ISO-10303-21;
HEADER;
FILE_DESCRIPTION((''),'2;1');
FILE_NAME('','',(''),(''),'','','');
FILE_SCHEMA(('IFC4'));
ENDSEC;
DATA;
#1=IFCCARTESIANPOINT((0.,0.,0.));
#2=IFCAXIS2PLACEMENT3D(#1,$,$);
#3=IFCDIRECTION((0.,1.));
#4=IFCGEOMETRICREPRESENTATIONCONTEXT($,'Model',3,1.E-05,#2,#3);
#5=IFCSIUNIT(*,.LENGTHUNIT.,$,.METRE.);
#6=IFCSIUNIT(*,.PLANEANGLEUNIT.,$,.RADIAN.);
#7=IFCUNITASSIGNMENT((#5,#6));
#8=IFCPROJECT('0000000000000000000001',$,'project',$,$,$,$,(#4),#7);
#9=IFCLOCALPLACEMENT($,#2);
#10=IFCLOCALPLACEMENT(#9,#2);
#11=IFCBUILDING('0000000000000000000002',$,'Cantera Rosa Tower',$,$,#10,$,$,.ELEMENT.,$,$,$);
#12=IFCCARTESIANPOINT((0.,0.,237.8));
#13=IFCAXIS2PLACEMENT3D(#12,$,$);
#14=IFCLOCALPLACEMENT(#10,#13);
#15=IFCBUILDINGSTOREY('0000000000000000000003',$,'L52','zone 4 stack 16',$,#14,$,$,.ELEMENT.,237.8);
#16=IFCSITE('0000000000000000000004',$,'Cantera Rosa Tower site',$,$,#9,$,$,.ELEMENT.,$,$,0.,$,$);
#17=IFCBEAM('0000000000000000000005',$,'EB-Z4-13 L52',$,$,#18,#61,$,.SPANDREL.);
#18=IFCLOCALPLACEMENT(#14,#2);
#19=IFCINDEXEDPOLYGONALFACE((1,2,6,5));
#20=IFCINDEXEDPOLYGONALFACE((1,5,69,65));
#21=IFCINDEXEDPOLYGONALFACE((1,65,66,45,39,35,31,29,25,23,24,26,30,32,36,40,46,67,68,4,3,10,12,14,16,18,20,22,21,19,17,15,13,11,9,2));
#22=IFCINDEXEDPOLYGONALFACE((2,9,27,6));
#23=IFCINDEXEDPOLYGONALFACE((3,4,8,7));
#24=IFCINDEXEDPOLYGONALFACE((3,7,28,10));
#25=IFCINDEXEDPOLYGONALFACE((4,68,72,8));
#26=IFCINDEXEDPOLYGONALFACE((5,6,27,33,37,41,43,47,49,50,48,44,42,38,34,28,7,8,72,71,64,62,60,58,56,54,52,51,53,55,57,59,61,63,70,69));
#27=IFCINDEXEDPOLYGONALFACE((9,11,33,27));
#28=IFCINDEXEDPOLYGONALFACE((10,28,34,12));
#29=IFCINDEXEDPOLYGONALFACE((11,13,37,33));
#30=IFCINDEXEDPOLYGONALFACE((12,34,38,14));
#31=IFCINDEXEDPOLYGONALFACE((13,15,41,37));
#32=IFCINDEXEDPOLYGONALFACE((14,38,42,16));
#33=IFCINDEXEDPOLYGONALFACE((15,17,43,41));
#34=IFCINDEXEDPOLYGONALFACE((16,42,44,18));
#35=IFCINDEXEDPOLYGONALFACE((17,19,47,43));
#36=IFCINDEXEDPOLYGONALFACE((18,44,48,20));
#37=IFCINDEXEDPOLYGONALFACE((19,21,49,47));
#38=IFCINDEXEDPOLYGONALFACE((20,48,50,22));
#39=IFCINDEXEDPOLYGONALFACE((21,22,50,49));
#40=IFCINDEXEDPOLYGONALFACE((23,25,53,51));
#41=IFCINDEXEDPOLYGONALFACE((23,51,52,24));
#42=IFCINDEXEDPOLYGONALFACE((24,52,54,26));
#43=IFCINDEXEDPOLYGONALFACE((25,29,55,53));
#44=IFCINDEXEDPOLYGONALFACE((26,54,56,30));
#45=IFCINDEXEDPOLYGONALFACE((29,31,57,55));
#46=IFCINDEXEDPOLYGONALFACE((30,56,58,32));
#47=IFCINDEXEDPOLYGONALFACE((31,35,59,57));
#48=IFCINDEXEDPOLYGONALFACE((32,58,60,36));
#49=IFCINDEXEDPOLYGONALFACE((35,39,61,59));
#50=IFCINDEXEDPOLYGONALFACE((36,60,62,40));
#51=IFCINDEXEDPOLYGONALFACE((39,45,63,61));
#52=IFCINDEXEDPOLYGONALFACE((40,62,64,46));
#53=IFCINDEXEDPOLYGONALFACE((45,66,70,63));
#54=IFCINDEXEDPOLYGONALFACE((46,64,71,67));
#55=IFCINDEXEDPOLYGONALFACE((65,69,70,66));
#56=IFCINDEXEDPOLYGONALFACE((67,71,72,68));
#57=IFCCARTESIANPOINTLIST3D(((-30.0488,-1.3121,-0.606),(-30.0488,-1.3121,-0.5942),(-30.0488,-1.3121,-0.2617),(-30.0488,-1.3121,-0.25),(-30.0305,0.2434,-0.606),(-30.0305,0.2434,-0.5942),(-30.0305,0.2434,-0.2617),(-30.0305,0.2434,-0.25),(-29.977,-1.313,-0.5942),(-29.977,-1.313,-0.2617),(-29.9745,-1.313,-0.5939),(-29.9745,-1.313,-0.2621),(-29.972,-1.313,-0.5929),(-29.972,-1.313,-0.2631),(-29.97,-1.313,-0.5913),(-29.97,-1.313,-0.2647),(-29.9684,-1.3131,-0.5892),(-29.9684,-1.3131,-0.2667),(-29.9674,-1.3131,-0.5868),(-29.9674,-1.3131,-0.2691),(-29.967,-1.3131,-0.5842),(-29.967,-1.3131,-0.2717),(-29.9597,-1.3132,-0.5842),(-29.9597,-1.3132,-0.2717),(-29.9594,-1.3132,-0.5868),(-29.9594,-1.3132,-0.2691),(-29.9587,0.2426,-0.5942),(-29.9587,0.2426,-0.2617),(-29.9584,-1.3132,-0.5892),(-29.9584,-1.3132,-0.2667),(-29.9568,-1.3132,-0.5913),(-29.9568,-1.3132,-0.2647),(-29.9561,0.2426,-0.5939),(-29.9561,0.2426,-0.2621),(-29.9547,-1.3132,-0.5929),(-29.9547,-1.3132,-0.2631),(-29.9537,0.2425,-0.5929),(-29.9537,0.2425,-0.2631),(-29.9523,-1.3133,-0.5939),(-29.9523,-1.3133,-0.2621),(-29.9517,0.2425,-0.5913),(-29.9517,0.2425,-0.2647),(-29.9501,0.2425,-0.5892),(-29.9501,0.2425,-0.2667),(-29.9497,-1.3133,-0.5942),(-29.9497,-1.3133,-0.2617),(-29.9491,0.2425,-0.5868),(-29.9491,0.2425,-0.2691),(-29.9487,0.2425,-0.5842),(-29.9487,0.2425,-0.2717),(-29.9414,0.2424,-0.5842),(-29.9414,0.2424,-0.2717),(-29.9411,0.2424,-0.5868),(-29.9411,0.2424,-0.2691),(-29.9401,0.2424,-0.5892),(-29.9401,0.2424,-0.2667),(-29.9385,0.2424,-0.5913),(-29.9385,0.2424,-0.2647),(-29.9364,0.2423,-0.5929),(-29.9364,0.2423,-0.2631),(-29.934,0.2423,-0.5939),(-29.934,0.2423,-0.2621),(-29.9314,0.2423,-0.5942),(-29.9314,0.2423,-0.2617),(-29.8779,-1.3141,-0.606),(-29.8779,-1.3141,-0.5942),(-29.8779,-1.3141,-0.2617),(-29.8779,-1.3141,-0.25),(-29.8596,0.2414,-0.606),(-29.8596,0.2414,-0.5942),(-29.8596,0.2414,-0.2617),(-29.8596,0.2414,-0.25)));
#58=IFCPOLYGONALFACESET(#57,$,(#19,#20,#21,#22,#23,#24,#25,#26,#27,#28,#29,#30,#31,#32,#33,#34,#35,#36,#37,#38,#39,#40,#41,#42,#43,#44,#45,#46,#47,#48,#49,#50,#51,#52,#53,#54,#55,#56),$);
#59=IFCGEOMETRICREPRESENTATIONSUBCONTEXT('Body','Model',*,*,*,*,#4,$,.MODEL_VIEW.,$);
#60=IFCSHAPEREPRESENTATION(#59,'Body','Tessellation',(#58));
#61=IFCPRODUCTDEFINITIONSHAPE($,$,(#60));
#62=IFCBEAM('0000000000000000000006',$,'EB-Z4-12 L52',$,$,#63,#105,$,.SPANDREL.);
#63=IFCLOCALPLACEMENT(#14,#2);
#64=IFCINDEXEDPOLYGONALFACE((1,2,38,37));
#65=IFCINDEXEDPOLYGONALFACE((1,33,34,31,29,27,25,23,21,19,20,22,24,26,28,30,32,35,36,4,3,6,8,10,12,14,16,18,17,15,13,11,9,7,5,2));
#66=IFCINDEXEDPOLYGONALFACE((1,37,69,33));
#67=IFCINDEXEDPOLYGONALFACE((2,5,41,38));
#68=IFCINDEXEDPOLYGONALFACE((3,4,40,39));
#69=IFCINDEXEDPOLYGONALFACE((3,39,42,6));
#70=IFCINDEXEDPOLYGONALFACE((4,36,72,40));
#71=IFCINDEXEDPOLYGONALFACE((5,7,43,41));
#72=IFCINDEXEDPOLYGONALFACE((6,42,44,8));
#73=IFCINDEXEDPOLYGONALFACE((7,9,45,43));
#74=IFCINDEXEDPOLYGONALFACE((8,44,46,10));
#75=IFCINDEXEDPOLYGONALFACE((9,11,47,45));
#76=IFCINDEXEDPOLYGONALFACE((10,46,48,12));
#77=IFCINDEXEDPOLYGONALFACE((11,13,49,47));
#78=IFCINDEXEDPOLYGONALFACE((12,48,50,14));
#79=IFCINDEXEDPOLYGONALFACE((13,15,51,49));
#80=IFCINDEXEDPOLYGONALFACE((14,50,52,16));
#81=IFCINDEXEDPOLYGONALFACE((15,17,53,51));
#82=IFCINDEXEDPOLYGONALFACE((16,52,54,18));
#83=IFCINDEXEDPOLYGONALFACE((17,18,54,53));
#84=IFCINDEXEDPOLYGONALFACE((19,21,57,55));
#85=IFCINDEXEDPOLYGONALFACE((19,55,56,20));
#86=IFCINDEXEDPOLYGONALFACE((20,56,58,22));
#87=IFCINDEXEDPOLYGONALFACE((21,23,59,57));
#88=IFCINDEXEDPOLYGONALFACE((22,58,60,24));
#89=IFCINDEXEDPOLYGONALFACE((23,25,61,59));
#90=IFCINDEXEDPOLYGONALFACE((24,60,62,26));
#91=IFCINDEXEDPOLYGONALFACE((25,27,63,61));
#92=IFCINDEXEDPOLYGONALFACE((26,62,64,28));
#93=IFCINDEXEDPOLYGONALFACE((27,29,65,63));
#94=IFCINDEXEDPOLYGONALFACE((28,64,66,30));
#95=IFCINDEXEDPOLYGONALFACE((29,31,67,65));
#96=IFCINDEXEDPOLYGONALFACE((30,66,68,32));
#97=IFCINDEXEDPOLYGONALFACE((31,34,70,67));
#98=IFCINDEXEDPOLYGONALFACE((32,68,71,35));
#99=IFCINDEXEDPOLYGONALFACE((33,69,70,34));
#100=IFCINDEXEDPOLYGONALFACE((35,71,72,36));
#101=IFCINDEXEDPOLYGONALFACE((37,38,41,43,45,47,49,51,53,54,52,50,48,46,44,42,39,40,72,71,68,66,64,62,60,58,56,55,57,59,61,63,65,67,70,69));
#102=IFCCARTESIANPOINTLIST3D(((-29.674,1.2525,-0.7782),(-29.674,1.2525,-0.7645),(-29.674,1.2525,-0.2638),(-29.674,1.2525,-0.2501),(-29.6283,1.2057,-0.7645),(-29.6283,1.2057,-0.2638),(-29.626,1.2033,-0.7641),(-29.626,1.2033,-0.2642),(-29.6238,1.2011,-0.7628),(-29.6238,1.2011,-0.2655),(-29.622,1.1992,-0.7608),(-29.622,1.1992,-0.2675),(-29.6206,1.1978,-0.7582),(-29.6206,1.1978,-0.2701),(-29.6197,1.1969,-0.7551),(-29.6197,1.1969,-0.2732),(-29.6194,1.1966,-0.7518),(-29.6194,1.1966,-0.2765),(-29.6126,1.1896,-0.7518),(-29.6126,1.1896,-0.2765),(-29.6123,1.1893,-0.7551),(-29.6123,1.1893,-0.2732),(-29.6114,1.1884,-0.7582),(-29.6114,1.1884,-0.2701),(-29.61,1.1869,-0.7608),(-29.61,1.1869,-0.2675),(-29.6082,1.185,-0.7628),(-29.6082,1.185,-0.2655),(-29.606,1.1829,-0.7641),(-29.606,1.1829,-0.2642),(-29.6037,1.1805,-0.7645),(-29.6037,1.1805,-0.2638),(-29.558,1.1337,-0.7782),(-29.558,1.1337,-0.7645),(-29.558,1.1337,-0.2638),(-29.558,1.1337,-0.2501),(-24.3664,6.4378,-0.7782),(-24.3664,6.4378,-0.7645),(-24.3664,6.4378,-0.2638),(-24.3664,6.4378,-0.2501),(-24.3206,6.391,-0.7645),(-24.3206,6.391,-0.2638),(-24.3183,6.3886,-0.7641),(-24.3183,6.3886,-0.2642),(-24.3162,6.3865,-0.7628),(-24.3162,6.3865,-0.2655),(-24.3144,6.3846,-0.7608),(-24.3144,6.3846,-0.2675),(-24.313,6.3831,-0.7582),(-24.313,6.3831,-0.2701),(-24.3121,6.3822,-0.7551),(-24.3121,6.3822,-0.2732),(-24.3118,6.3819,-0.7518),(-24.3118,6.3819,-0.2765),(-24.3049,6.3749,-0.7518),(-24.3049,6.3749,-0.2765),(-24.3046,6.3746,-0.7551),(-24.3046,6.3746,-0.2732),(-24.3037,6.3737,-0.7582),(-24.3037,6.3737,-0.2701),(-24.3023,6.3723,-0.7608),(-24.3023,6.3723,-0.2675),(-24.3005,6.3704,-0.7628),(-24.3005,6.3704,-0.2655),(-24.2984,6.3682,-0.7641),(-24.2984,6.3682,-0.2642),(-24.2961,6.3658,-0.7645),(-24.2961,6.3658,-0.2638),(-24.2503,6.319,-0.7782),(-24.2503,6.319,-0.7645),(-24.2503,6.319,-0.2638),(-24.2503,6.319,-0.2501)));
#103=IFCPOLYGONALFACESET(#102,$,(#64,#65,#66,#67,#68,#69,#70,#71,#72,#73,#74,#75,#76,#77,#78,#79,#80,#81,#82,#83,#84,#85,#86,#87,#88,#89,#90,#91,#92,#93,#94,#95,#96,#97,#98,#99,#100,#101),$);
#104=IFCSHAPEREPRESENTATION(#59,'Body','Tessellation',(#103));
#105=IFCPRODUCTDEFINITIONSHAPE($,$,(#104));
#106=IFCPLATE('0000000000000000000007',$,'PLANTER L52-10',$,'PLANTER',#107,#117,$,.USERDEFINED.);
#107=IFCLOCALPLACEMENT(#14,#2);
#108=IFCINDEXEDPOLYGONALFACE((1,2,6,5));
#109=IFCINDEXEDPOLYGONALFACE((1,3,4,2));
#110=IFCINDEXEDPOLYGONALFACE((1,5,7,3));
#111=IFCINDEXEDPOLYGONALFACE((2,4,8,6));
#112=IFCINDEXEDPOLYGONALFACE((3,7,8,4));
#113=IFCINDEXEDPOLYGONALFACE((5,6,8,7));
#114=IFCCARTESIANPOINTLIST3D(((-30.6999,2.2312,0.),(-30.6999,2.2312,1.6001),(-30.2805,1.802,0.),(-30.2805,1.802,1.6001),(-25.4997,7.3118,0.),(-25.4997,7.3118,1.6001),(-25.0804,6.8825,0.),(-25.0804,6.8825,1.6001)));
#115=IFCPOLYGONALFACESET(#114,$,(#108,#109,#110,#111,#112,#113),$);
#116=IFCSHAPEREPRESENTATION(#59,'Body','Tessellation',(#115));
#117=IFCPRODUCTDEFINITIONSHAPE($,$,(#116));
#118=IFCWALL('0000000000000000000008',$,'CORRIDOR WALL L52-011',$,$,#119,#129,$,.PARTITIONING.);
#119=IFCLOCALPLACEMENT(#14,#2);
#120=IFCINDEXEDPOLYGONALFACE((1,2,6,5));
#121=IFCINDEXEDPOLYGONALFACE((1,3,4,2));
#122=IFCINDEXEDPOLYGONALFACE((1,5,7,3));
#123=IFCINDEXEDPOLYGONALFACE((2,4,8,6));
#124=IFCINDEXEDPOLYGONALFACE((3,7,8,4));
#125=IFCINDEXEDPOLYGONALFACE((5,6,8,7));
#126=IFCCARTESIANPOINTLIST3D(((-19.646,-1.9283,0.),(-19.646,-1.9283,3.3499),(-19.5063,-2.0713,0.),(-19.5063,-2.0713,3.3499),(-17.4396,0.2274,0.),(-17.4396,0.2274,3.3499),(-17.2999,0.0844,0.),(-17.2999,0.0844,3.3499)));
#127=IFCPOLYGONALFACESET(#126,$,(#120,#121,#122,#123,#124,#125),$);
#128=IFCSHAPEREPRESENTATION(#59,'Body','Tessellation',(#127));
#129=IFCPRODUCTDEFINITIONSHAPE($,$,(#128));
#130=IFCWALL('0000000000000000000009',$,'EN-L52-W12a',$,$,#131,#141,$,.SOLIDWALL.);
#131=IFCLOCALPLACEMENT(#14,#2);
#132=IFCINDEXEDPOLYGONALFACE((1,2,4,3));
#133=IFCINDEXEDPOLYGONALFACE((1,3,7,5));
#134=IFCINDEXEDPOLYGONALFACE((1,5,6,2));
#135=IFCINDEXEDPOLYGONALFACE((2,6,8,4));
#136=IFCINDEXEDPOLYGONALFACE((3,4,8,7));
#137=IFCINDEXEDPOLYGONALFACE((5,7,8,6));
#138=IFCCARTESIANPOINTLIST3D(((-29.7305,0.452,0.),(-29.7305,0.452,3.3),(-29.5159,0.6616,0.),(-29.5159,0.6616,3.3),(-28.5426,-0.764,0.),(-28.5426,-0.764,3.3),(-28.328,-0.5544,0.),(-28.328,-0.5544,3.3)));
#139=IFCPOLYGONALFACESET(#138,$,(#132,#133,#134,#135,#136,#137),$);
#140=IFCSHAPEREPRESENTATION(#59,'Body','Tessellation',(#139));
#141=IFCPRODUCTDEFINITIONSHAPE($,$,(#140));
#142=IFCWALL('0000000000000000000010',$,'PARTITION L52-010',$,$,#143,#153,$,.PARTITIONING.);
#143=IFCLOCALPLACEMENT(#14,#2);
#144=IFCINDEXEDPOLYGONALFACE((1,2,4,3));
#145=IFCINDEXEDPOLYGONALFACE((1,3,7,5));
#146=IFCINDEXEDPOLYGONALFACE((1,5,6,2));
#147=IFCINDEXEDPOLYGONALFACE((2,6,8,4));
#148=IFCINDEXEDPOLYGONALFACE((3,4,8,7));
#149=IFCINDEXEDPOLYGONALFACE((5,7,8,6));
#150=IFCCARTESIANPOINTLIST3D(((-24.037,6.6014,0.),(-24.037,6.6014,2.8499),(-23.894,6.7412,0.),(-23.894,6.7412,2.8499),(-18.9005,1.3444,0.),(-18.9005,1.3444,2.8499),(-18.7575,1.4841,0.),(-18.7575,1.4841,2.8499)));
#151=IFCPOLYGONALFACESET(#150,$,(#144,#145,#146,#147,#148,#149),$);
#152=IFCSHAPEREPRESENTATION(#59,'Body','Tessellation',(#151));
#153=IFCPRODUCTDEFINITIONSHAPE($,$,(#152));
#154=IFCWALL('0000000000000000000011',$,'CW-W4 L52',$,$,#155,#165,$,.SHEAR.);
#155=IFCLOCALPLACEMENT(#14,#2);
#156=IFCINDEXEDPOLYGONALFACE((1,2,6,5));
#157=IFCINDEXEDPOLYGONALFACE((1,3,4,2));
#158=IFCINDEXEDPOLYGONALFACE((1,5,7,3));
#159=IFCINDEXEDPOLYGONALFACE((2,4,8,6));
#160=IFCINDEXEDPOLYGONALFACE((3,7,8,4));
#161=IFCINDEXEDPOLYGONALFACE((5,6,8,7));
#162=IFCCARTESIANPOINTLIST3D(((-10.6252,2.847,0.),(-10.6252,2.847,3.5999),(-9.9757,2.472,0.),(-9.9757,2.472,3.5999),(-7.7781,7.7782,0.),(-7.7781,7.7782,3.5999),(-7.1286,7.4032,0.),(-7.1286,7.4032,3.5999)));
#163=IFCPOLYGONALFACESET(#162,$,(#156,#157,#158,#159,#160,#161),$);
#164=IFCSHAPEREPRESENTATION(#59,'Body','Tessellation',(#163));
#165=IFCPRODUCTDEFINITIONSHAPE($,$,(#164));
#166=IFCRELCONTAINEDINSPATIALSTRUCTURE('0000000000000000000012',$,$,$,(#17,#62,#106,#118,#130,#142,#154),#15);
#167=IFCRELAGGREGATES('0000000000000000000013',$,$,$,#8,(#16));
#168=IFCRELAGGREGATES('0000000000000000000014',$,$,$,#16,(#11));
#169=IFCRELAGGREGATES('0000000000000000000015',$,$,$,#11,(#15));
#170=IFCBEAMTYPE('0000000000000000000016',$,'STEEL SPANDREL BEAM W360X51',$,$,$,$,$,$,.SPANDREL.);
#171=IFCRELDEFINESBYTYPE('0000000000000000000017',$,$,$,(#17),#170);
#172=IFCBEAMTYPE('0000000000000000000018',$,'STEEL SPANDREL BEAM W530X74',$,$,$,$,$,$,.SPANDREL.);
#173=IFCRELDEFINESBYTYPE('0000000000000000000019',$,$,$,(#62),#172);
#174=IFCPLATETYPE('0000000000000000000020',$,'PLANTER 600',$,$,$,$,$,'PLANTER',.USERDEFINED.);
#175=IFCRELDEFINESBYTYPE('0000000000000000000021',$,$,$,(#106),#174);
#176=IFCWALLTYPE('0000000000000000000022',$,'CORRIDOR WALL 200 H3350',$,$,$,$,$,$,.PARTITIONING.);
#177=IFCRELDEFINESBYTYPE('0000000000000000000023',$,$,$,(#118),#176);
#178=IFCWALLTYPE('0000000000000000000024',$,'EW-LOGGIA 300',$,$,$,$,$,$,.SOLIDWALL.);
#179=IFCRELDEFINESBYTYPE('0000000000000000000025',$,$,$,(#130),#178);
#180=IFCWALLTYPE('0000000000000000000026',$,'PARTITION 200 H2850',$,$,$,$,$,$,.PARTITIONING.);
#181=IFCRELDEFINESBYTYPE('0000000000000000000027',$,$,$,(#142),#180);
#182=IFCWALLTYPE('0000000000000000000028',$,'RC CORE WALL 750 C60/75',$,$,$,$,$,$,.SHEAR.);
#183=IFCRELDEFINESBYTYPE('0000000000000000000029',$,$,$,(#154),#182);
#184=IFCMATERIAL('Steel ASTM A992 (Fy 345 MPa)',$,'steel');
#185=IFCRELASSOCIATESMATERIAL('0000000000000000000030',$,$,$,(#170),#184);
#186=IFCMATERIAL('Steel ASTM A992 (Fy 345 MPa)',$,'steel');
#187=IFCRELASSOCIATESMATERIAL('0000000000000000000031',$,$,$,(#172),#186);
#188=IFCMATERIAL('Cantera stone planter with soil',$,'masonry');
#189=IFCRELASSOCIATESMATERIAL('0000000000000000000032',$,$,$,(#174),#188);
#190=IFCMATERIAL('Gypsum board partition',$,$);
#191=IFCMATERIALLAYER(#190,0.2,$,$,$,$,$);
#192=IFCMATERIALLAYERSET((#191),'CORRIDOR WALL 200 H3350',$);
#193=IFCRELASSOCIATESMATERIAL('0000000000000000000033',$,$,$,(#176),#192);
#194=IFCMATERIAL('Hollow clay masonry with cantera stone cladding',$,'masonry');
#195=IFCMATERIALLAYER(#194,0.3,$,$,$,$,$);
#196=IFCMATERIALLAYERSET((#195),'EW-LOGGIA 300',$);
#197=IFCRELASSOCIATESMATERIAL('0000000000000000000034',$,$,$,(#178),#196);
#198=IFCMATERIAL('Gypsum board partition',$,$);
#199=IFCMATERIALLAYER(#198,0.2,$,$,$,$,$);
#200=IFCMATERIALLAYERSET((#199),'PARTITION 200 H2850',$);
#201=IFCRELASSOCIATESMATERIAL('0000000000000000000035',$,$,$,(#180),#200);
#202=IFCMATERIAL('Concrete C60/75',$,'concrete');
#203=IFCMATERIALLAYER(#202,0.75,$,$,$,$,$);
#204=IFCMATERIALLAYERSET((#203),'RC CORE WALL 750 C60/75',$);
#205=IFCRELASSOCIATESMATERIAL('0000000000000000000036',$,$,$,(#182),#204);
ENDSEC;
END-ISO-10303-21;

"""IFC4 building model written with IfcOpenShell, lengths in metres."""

from ifc_helpers import new_model, si_unit, direction, frame, frame_2d, origin, origin_2d, place, context, subcontext, project, spatial, rectangle, i_section, extrude, material, layer, layer_set, material_profile, profile_set, type_object, element, save


model = new_model("IFC4")

# Units and contexts
model_context = context("Model", 3, precision=1e-05, world=origin(), true_north=direction((0.0, 1.0)))
body_context = subcontext(model_context, "Body", "Model", "MODEL_VIEW")
ifc_project = project(units=[si_unit("LENGTHUNIT", "METRE"), si_unit("PLANEANGLEUNIT", "RADIAN")], contexts=[model_context])

# Site, building, storey
site_placement = place(None, origin())
site = spatial("IfcSite", under=ifc_project, at=site_placement, Name="Cantera Rosa Tower site", CompositionType="ELEMENT", RefElevation=0.0)
building_placement = place(site_placement, origin())
building = spatial("IfcBuilding", under=site, at=building_placement, Name="Cantera Rosa Tower", CompositionType="ELEMENT")
storey_placement = place(building_placement, frame((0.0, 0.0, 237.8)))
storey = spatial("IfcBuildingStorey", under=building, at=storey_placement, Name="L52", Description="zone 4 stack 16", CompositionType="ELEMENT", Elevation=237.8)

# Beams
ifc_material_1 = material(Name="Steel ASTM A992 (Fy 345 MPa)", Category="steel")
ifc_material_profile_1 = material_profile(ifc_material_1, i_section(OverallWidth=0.1709, OverallDepth=0.356, WebThickness=0.0073, FlangeThickness=0.0117, FilletRadius=0.01, at=origin_2d()), Name="W360X51")
ifc_profile_set_1 = profile_set([ifc_material_profile_1], Name="Steel ASTM A992 (Fy 345 MPa)")
beam_type_1 = type_object("IfcBeamType", Name="STEEL SPANDREL BEAM W360X51", PredefinedType="SPANDREL", material=ifc_profile_set_1)
beam_1_placement = place(storey_placement, frame((-29.9451, 0.2424, -0.428), z_axis=(-0.011769, -0.999931, 0.0), x_axis=(0.999931, -0.011769, 0.0)))
element("IfcBeam", 1, at=beam_1_placement, inside=storey, type_object=beam_type_1, Name="EB-Z4-13 L52", PredefinedType="SPANDREL", context=body_context, shape_type="SweptSolid", body=[
    extrude(i_section(OverallWidth=0.1709, OverallDepth=0.356, WebThickness=0.0073, FlangeThickness=0.0117, FilletRadius=0.01, at=origin_2d()), origin(), (0.0, 0.0, 1.0), 1.5557),
])
ifc_material_2 = material(Name="Steel ASTM A992 (Fy 345 MPa)", Category="steel")
ifc_material_profile_2 = material_profile(ifc_material_2, i_section(OverallWidth=0.166, OverallDepth=0.5281, WebThickness=0.0098, FlangeThickness=0.0137, FilletRadius=0.0127, at=origin_2d()), Name="W530X74")
ifc_profile_set_2 = profile_set([ifc_material_profile_2], Name="Steel ASTM A992 (Fy 345 MPa)")
beam_type_2 = type_object("IfcBeamType", Name="STEEL SPANDREL BEAM W530X74", PredefinedType="SPANDREL", material=ifc_profile_set_2)
beam_2_placement = place(storey_placement, frame((-24.3083, 6.3784, -0.5142), z_axis=(-0.715301, -0.698817, 0.0), x_axis=(0.698817, -0.715301, 0.0)))
element("IfcBeam", 2, at=beam_2_placement, inside=storey, type_object=beam_type_2, Name="EB-Z4-12 L52", PredefinedType="SPANDREL", context=body_context, shape_type="SweptSolid", body=[
    extrude(i_section(OverallWidth=0.166, OverallDepth=0.5281, WebThickness=0.0098, FlangeThickness=0.0137, FilletRadius=0.0127, at=origin_2d()), origin(), (0.0, 0.0, 1.0), 7.4202),
])

# Plate
ifc_material_3 = material(Name="Cantera stone planter with soil", Category="masonry")
plate_type = type_object("IfcPlateType", Name="PLANTER 600", ElementType="PLANTER", PredefinedType="USERDEFINED", material=ifc_material_3)
plate_placement = place(storey_placement, frame((-27.8901, 4.5569, 0.0), z_axis=(0.0, 0.0, 1.0), x_axis=(-0.715286, -0.698832, 0.0)))
element("IfcPlate", 3, at=plate_placement, inside=storey, type_object=plate_type, Name="PLANTER L52-10", ObjectType="PLANTER", PredefinedType="USERDEFINED", context=body_context, shape_type="SweptSolid", body=[
    extrude(rectangle(XDim=7.27, YDim=0.6001, at=origin_2d()), origin(), (0.0, 0.0, 1.0), 1.6001),
])

# Walls
ifc_material_4 = material(Name="Gypsum board partition")
ifc_layer_1 = layer(ifc_material_4, 0.2)
ifc_layer_set_1 = layer_set([ifc_layer_1], Name="CORRIDOR WALL 200 H3350")
wall_type_1 = type_object("IfcWallType", Name="CORRIDOR WALL 200 H3350", PredefinedType="PARTITIONING", material=ifc_layer_set_1)
wall_1_placement = place(storey_placement, frame((-17.3696, 0.156, 0.0), z_axis=(0.0, 0.0, 1.0), x_axis=(-0.71529, -0.698828, 0.0)))
element("IfcWall", 4, at=wall_1_placement, inside=storey, type_object=wall_type_1, Name="CORRIDOR WALL L52-011", PredefinedType="PARTITIONING", context=body_context, shape_type="SweptSolid", body=[
    extrude(rectangle(XDim=3.0847, YDim=0.2, at=frame_2d((1.5425, 0.0))), origin(), (0.0, 0.0, 1.0), 3.3499),
])
ifc_material_5 = material(Name="Hollow clay masonry with cantera stone cladding", Category="masonry")
ifc_layer_2 = layer(ifc_material_5, 0.3)
ifc_layer_set_2 = layer_set([ifc_layer_2], Name="EW-LOGGIA 300")
wall_type_2 = type_object("IfcWallType", Name="EW-LOGGIA 300", PredefinedType="SOLIDWALL", material=ifc_layer_set_2)
wall_2_placement = place(storey_placement, frame((-29.6233, 0.5569, 0.0), z_axis=(0.0, 0.0, 1.0), x_axis=(0.698801, -0.715316, 0.0)))
element("IfcWall", 5, at=wall_2_placement, inside=storey, type_object=wall_type_2, Name="EN-L52-W12a", PredefinedType="SOLIDWALL", context=body_context, shape_type="SweptSolid", body=[
    extrude(rectangle(XDim=1.7, YDim=0.3, at=frame_2d((0.8501, 0.0))), origin(), (0.0, 0.0, 1.0), 3.3),
])

# Walls
ifc_material_6 = material(Name="Gypsum board partition")
ifc_layer_3 = layer(ifc_material_6, 0.2)
ifc_layer_set_3 = layer_set([ifc_layer_3], Name="PARTITION 200 H2850")
wall_type_3 = type_object("IfcWallType", Name="PARTITION 200 H2850", PredefinedType="PARTITIONING", material=ifc_layer_set_3)
wall_3_placement = place(storey_placement, frame((-18.8291, 1.4143, 0.0), z_axis=(0.0, 0.0, 1.0), x_axis=(-0.698855, 0.715264, 0.0)))
element("IfcWall", 6, at=wall_3_placement, inside=storey, type_object=wall_type_3, Name="PARTITION L52-010", PredefinedType="PARTITIONING", context=body_context, shape_type="SweptSolid", body=[
    extrude(rectangle(XDim=7.3499, YDim=0.2, at=frame_2d((3.6748, 0.0))), origin(), (0.0, 0.0, 1.0), 2.8499),
])
ifc_material_7 = material(Name="Concrete C60/75", Category="concrete")
ifc_layer_4 = layer(ifc_material_7, 0.75)
ifc_layer_set_4 = layer_set([ifc_layer_4], Name="RC CORE WALL 750 C60/75")
wall_type_4 = type_object("IfcWallType", Name="RC CORE WALL 750 C60/75", PredefinedType="SHEAR", material=ifc_layer_set_4)
wall_4_placement = place(storey_placement, frame((-10.3005, 2.6594, 0.0), z_axis=(0.0, 0.0, 1.0), x_axis=(0.500022, 0.866013, 0.0)))
element("IfcWall", 7, at=wall_4_placement, inside=storey, type_object=wall_type_4, Name="CW-W4 L52", PredefinedType="SHEAR", context=body_context, shape_type="SweptSolid", body=[
    extrude(rectangle(XDim=5.6941, YDim=0.75, at=frame_2d((2.8472, 0.0))), origin(), (0.0, 0.0, 1.0), 3.5999),
])

save(model, "model.ifc")
